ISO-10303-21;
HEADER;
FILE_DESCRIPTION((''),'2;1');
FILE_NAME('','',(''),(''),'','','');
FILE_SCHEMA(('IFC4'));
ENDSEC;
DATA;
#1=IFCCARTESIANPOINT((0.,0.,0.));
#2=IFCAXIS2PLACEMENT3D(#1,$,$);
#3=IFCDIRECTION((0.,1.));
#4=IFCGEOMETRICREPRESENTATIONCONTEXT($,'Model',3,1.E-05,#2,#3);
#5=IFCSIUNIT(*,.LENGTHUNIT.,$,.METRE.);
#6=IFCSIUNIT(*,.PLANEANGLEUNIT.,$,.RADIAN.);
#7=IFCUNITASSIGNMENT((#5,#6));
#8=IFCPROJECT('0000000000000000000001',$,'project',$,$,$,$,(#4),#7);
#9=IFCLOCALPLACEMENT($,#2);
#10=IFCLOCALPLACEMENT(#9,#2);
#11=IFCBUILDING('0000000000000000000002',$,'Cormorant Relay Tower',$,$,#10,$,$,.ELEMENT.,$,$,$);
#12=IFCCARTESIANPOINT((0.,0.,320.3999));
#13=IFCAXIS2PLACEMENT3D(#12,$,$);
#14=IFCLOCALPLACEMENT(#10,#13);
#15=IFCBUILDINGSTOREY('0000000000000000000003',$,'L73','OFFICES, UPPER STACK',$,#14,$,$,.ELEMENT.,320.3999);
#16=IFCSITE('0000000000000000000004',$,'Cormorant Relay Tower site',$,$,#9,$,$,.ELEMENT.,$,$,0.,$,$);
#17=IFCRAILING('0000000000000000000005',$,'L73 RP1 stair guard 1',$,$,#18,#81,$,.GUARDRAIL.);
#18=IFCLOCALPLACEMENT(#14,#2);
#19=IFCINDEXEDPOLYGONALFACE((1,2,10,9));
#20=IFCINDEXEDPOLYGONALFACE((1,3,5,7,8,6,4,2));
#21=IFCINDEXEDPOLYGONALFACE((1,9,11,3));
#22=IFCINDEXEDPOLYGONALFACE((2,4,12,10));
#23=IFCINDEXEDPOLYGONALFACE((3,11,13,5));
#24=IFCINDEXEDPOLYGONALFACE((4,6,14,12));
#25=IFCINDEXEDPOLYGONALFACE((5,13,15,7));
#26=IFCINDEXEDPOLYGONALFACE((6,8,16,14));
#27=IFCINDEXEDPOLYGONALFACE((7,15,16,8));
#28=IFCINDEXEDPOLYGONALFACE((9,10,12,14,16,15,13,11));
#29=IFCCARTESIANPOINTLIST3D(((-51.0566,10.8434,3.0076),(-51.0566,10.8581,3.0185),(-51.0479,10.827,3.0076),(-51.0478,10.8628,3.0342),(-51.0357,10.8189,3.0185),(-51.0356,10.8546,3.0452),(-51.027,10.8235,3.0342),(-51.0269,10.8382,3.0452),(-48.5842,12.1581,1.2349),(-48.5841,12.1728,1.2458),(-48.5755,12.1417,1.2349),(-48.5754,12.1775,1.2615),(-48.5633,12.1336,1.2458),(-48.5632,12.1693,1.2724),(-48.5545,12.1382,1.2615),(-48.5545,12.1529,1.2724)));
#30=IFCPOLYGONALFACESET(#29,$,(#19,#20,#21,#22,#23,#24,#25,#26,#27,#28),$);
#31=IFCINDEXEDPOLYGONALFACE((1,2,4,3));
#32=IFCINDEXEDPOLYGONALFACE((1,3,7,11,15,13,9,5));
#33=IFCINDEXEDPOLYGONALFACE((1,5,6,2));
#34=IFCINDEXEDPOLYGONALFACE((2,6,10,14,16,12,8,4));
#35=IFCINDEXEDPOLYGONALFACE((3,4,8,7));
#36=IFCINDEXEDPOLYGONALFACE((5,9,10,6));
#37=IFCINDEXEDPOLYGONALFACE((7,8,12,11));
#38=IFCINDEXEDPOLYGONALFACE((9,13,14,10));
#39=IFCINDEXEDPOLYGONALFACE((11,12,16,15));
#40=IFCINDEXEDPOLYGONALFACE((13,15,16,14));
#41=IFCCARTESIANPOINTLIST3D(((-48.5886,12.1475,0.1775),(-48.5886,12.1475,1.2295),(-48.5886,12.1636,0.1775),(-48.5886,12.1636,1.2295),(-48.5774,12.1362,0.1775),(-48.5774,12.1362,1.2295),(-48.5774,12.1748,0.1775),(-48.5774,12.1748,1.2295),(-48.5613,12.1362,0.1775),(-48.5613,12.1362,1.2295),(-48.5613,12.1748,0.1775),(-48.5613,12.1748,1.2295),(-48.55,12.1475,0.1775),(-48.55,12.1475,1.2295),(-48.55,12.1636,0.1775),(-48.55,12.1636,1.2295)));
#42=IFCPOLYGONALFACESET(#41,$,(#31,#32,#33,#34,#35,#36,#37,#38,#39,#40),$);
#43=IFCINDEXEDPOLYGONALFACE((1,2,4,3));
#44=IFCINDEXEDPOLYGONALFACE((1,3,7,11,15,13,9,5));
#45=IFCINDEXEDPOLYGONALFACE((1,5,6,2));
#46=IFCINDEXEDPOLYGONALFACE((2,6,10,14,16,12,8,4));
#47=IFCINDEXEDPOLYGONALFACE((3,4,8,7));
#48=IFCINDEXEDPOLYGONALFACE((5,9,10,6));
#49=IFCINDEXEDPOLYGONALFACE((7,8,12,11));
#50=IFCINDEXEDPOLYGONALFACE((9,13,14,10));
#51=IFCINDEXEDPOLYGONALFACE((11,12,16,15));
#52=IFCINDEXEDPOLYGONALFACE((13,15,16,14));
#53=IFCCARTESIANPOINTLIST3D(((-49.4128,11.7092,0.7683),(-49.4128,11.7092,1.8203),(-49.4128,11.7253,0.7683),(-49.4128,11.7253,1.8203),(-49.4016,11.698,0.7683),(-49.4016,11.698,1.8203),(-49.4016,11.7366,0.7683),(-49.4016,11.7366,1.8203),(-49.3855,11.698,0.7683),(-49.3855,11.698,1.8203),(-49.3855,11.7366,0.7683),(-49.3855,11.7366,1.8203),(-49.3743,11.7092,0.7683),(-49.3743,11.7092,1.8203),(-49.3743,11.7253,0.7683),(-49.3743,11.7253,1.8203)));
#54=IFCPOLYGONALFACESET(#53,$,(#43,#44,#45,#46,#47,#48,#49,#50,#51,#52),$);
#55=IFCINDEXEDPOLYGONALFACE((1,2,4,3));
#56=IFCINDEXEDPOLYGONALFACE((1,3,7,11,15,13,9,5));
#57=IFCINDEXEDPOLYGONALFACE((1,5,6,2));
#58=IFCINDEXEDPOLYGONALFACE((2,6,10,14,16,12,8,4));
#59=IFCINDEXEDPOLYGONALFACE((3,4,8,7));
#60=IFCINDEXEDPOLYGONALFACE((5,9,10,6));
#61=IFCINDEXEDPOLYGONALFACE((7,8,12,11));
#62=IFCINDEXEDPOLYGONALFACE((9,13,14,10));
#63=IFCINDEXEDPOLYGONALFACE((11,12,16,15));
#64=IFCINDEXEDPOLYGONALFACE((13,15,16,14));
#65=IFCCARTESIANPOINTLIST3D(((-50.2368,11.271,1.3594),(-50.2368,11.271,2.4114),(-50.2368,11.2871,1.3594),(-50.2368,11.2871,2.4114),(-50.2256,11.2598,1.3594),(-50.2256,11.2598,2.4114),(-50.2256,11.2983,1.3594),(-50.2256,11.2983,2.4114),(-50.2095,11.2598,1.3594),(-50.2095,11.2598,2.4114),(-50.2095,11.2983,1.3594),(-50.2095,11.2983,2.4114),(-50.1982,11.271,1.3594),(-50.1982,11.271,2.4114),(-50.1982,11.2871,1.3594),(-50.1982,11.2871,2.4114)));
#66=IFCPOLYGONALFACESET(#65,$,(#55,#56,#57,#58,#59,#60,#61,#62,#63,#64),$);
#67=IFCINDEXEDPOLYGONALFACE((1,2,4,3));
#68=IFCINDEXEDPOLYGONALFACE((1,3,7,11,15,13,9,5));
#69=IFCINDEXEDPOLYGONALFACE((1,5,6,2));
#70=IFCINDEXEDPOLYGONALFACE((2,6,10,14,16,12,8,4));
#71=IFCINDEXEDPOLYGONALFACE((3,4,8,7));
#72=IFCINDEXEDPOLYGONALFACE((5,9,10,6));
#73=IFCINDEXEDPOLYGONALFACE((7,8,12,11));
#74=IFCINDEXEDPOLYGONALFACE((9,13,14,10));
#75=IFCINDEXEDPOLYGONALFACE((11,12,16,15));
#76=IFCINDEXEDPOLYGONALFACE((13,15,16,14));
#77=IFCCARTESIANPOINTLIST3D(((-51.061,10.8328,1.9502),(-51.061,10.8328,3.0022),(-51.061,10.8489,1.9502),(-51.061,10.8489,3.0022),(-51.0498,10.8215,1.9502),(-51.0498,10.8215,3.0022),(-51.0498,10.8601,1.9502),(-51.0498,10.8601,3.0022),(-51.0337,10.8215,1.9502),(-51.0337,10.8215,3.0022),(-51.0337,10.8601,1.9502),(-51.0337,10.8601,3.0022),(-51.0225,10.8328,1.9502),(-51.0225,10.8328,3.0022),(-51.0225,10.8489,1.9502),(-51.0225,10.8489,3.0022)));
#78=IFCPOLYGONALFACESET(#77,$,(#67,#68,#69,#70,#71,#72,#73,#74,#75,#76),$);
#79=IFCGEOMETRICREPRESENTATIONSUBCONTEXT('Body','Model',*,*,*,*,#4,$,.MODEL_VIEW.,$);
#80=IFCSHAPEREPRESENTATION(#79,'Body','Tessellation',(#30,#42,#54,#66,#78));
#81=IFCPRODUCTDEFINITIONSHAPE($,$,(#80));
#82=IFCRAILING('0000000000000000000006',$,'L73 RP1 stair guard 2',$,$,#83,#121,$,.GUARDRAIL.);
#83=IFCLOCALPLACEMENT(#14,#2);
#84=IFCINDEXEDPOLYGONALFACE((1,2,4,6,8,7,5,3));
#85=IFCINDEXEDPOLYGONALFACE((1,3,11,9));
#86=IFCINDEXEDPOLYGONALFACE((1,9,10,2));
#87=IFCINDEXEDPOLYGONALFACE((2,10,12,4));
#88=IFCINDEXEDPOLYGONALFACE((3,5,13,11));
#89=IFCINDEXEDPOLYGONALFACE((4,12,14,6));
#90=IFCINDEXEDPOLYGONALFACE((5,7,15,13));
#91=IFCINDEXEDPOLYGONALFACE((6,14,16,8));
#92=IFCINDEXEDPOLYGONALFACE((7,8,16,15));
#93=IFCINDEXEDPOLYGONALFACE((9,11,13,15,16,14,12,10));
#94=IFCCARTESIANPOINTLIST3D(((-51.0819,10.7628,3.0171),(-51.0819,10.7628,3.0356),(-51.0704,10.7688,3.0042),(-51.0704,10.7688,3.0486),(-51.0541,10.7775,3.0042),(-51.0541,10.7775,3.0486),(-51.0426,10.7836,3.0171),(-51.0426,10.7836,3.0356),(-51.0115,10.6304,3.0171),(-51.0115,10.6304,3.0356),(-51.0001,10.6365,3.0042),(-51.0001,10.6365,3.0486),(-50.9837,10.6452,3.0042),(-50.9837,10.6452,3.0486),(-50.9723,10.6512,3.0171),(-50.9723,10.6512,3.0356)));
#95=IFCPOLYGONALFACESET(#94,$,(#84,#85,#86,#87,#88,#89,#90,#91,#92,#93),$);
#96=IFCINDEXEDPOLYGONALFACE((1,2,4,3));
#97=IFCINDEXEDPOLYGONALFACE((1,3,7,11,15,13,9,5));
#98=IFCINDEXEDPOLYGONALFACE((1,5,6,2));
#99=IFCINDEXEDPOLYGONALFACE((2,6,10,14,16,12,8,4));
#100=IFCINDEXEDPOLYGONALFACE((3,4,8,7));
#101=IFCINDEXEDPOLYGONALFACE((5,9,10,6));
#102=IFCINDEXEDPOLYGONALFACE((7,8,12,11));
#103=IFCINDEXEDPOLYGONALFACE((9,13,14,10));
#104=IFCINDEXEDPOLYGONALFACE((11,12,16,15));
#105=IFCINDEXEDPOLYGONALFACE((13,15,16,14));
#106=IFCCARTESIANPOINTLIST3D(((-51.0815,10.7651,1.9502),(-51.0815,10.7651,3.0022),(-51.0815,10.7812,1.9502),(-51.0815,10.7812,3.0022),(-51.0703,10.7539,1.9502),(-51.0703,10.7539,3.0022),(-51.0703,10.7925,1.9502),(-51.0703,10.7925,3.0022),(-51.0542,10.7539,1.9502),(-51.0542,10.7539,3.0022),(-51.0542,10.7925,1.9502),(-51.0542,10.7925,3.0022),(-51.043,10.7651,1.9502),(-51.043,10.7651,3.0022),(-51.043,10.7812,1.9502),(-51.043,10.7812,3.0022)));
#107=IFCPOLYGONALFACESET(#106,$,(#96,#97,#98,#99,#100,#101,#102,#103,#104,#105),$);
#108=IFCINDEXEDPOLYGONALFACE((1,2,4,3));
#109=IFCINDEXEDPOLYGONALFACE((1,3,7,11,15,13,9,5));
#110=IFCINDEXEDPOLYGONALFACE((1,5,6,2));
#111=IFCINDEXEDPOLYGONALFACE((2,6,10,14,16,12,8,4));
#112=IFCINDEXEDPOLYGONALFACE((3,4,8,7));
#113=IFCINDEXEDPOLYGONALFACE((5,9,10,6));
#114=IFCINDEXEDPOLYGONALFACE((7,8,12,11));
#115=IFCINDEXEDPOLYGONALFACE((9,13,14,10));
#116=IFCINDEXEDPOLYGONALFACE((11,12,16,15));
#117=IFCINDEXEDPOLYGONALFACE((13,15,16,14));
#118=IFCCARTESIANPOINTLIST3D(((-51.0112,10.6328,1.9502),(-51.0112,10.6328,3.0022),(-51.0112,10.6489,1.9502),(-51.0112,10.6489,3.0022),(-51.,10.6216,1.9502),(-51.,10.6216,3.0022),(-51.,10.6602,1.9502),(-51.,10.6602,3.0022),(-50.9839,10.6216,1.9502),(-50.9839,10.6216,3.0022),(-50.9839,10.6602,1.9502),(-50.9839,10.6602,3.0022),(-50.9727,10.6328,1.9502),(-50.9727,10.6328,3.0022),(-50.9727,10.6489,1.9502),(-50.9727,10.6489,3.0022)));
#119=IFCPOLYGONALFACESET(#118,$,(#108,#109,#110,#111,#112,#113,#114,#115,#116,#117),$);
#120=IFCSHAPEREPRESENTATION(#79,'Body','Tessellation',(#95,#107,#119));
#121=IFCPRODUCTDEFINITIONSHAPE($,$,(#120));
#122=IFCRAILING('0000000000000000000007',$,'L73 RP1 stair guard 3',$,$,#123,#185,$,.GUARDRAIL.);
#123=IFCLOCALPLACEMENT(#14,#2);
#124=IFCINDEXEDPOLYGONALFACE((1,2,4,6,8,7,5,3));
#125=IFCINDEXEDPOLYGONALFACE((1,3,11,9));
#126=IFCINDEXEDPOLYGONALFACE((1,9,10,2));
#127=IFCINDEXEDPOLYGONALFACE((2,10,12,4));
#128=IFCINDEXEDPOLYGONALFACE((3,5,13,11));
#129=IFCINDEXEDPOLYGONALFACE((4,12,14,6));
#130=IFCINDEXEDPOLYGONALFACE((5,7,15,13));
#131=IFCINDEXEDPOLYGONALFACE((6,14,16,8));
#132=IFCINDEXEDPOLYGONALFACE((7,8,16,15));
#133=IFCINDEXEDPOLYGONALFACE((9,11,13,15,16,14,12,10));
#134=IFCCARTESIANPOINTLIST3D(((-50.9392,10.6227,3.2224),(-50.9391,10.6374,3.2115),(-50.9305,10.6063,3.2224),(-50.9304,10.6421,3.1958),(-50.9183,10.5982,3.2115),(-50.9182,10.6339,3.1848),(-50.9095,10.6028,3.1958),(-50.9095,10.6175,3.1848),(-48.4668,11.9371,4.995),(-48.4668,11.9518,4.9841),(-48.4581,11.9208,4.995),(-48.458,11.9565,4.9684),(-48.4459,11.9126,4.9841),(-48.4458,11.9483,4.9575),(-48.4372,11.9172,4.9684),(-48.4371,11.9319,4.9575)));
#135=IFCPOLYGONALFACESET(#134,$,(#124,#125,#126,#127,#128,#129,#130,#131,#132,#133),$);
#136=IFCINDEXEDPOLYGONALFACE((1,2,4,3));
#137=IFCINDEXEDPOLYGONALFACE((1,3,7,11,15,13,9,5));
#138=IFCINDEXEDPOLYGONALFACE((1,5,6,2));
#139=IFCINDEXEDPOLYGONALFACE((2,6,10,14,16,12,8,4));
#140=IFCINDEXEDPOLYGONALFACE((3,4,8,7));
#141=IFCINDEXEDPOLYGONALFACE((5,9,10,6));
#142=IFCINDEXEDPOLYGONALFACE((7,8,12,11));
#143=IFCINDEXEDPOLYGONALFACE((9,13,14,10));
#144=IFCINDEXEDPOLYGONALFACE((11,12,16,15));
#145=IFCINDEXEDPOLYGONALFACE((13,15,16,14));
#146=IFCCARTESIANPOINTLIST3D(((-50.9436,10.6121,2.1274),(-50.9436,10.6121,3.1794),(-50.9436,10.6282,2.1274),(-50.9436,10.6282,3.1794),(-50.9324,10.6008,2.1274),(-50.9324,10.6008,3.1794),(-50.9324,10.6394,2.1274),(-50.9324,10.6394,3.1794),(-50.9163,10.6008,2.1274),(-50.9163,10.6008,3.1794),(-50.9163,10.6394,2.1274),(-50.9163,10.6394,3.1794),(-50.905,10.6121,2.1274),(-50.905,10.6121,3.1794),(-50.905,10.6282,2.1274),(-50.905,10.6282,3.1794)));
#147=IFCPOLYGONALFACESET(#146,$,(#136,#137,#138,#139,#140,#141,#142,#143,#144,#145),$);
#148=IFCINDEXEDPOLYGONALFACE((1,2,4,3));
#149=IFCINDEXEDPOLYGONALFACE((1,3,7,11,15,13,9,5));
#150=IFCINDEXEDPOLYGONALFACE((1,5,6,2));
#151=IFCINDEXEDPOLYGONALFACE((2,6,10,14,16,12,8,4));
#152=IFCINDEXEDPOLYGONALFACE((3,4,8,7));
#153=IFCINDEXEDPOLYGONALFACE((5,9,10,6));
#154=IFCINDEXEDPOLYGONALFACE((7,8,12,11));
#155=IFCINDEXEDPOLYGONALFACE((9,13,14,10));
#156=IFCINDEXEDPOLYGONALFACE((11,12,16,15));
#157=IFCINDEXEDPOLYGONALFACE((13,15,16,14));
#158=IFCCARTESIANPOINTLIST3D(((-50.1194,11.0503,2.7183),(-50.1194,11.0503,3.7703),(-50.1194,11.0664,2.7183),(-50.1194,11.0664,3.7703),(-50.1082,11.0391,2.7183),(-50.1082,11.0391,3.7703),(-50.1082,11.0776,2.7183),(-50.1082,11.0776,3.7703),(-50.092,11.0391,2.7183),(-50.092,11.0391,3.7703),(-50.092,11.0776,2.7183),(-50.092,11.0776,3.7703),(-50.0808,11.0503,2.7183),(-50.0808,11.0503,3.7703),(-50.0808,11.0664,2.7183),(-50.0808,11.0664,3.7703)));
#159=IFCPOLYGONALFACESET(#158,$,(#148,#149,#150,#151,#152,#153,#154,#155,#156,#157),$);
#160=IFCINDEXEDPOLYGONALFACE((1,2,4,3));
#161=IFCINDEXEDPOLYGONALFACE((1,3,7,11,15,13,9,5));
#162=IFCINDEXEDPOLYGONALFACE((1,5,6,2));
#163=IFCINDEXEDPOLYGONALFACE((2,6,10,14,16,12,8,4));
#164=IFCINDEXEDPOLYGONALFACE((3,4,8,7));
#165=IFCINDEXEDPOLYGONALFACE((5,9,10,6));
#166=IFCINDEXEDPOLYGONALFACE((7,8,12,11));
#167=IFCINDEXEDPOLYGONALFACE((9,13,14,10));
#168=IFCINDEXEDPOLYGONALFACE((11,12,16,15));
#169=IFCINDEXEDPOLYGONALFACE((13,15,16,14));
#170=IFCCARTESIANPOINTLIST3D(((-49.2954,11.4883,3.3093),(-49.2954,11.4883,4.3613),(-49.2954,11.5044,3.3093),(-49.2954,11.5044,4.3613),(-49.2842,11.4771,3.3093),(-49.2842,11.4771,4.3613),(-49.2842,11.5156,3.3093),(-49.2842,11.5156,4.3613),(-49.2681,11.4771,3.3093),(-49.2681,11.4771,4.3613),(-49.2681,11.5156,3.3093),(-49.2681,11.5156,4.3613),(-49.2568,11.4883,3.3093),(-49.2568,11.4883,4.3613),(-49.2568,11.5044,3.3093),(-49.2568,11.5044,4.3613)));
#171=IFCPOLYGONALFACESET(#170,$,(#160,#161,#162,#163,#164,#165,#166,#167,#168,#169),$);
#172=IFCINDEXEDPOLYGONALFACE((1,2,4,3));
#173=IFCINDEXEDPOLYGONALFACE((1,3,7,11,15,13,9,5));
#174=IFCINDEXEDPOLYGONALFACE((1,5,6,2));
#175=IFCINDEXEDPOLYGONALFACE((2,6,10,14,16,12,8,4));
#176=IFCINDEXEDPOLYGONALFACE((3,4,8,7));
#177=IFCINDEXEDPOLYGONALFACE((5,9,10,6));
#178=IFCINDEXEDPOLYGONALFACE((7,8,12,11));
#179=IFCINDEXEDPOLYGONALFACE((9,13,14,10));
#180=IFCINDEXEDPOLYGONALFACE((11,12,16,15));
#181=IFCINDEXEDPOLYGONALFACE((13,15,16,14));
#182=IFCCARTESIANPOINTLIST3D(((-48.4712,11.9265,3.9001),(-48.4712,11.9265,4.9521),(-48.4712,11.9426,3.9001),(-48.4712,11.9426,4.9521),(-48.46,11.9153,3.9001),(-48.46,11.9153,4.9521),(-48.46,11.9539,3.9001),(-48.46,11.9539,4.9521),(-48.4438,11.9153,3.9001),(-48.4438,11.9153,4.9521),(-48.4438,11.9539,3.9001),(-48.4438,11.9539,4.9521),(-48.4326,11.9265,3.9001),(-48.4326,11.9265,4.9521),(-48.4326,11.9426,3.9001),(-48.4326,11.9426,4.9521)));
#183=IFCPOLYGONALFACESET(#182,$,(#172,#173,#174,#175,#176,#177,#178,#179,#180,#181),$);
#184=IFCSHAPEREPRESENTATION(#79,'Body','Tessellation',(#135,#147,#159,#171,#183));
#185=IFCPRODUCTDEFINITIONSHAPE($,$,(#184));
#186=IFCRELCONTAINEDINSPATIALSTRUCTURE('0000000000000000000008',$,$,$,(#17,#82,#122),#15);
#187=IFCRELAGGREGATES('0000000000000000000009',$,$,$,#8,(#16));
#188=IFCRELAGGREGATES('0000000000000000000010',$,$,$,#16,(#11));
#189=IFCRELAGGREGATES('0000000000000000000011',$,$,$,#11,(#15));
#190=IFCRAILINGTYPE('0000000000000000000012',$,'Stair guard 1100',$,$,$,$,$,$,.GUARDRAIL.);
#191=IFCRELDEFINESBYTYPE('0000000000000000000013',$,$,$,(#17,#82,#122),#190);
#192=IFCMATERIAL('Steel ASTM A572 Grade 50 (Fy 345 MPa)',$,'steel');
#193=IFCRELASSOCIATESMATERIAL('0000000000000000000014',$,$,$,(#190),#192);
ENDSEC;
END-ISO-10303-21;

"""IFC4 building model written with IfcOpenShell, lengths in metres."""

from ifc_helpers import new_model, si_unit, direction, frame, origin, place, context, subcontext, project, spatial, polyline, outline, extrude, material, type_object, element, save


model = new_model("IFC4")

# Units and contexts
model_context = context("Model", 3, precision=1e-05, world=origin(), true_north=direction((0.0, 1.0)))
body_context = subcontext(model_context, "Body", "Model", "MODEL_VIEW")
ifc_project = project(units=[si_unit("LENGTHUNIT", "METRE"), si_unit("PLANEANGLEUNIT", "RADIAN")], contexts=[model_context])

# Site, building, storey
site_placement = place(None, origin())
site = spatial("IfcSite", under=ifc_project, at=site_placement, Name="Cormorant Relay Tower site", CompositionType="ELEMENT", RefElevation=0.0)
building_placement = place(site_placement, origin())
building = spatial("IfcBuilding", under=site, at=building_placement, Name="Cormorant Relay Tower", CompositionType="ELEMENT")
storey_placement = place(building_placement, frame((0.0, 0.0, 320.3999)))
storey = spatial("IfcBuildingStorey", under=building, at=storey_placement, Name="L73", Description="OFFICES, UPPER STACK", CompositionType="ELEMENT", Elevation=320.3999)

# Railings
ifc_material_1 = material(Name="Steel ASTM A572 Grade 50 (Fy 345 MPa)", Category="steel")
railing_type_1 = type_object("IfcRailingType", Name="Stair guard 1100", PredefinedType="GUARDRAIL", material=ifc_material_1)
railing_1_placement = place(storey_placement, frame((-48.5693, 12.1555, 0.1775)))
element("IfcRailing", 1, at=railing_1_placement, inside=storey, type_object=railing_type_1, Name="L73 RP1 stair guard 1", PredefinedType="GUARDRAIL", context=body_context, shape_type="SweptSolid", body=[
    extrude(outline(polyline([(0.0222, 0.0093), (0.0093, 0.0222), (-0.0093, 0.0222), (-0.0222, 0.0093), (-0.0222, -0.0093), (-0.0093, -0.0222), (0.0093, -0.0222), (0.0222, -0.0093), (0.0222, 0.0093)])), frame((0.0, 0.0, 1.0762), z_axis=(-0.746012, -0.39669, 0.534886), x_axis=(0.469497, -0.882934, 0.0)), (0.0, 0.0, 1.0), 3.3142),
    extrude(outline(polyline([(0.0193, 0.0081), (0.0081, 0.0193), (-0.0081, 0.0193), (-0.0193, 0.0081), (-0.0193, -0.0081), (-0.0081, -0.0193), (0.0081, -0.0193), (0.0193, -0.0081), (0.0193, 0.0081)])), origin(), (0.0, 0.0, 1.0), 1.052),
    extrude(outline(polyline([(0.0193, 0.0081), (0.0081, 0.0193), (-0.0081, 0.0193), (-0.0193, 0.0081), (-0.0193, -0.0081), (-0.0081, -0.0193), (0.0081, -0.0193), (0.0193, -0.0081), (0.0193, 0.0081)])), frame((-0.8242, -0.4382, 0.5908)), (0.0, 0.0, 1.0), 1.052),
    extrude(outline(polyline([(0.0193, 0.0081), (0.0081, 0.0193), (-0.0081, 0.0193), (-0.0193, 0.0081), (-0.0193, -0.0081), (-0.0081, -0.0193), (0.0081, -0.0193), (0.0193, -0.0081), (0.0193, 0.0081)])), frame((-1.6482, -0.8765, 1.1819)), (0.0, 0.0, 1.0), 1.052),
    extrude(outline(polyline([(0.0193, 0.0081), (0.0081, 0.0193), (-0.0081, 0.0193), (-0.0193, 0.0081), (-0.0193, -0.0081), (-0.0081, -0.0193), (0.0081, -0.0193), (0.0193, -0.0081), (0.0193, 0.0081)])), frame((-2.4724, -1.3147, 1.7727)), (0.0, 0.0, 1.0), 1.052),
])
railing_2_placement = place(storey_placement, frame((-51.0623, 10.7732, 1.9502)))
element("IfcRailing", 2, at=railing_2_placement, inside=storey, type_object=railing_type_1, Name="L73 RP1 stair guard 2", PredefinedType="GUARDRAIL", context=body_context, shape_type="SweptSolid", body=[
    extrude(outline(polyline([(0.0222, 0.0093), (0.0093, 0.0222), (-0.0093, 0.0222), (-0.0222, 0.0093), (-0.0222, -0.0093), (-0.0093, -0.0222), (0.0093, -0.0222), (0.0222, -0.0093), (0.0222, 0.0093)])), frame((0.0, 0.0, 1.0762), z_axis=(0.469235, -0.883074, 0.0), x_axis=(0.883074, 0.469235, 0.0)), (0.0, 0.0, 1.0), 0.1499),
    extrude(outline(polyline([(0.0193, 0.0081), (0.0081, 0.0193), (-0.0081, 0.0193), (-0.0193, 0.0081), (-0.0193, -0.0081), (-0.0081, -0.0193), (0.0081, -0.0193), (0.0193, -0.0081), (0.0193, 0.0081)])), origin(), (0.0, 0.0, 1.0), 1.052),
    extrude(outline(polyline([(0.0193, 0.0081), (0.0081, 0.0193), (-0.0081, 0.0193), (-0.0193, 0.0081), (-0.0193, -0.0081), (-0.0081, -0.0193), (0.0081, -0.0193), (0.0193, -0.0081), (0.0193, 0.0081)])), frame((0.0703, -0.1323, 0.0)), (0.0, 0.0, 1.0), 1.052),
])
railing_3_placement = place(storey_placement, frame((-50.9243, 10.6201, 2.1274)))
element("IfcRailing", 3, at=railing_3_placement, inside=storey, type_object=railing_type_1, Name="L73 RP1 stair guard 3", PredefinedType="GUARDRAIL", context=body_context, shape_type="SweptSolid", body=[
    extrude(outline(polyline([(0.0222, 0.0093), (0.0093, 0.0222), (-0.0093, 0.0222), (-0.0222, 0.0093), (-0.0222, -0.0093), (-0.0093, -0.0222), (0.0093, -0.0222), (0.0222, -0.0093), (0.0222, 0.0093)])), frame((0.0, 0.0, 1.0762), z_axis=(0.746034, 0.396627, 0.534902), x_axis=(-0.469429, 0.88297, 0.0)), (0.0, 0.0, 1.0), 3.314),
    extrude(outline(polyline([(0.0193, 0.0081), (0.0081, 0.0193), (-0.0081, 0.0193), (-0.0193, 0.0081), (-0.0193, -0.0081), (-0.0081, -0.0193), (0.0081, -0.0193), (0.0193, -0.0081), (0.0193, 0.0081)])), origin(), (0.0, 0.0, 1.0), 1.052),
    extrude(outline(polyline([(0.0193, 0.0081), (0.0081, 0.0193), (-0.0081, 0.0193), (-0.0193, 0.0081), (-0.0193, -0.0081), (-0.0081, -0.0193), (0.0081, -0.0193), (0.0193, -0.0081), (0.0193, 0.0081)])), frame((0.8242, 0.4382, 0.5908)), (0.0, 0.0, 1.0), 1.052),
    extrude(outline(polyline([(0.0193, 0.0081), (0.0081, 0.0193), (-0.0081, 0.0193), (-0.0193, 0.0081), (-0.0193, -0.0081), (-0.0081, -0.0193), (0.0081, -0.0193), (0.0193, -0.0081), (0.0193, 0.0081)])), frame((1.6482, 0.8762, 1.1819)), (0.0, 0.0, 1.0), 1.052),
    extrude(outline(polyline([(0.0193, 0.0081), (0.0081, 0.0193), (-0.0081, 0.0193), (-0.0193, 0.0081), (-0.0193, -0.0081), (-0.0081, -0.0193), (0.0081, -0.0193), (0.0193, -0.0081), (0.0193, 0.0081)])), frame((2.4724, 1.3145, 1.7727)), (0.0, 0.0, 1.0), 1.052),
])

save(model, "model.ifc")
